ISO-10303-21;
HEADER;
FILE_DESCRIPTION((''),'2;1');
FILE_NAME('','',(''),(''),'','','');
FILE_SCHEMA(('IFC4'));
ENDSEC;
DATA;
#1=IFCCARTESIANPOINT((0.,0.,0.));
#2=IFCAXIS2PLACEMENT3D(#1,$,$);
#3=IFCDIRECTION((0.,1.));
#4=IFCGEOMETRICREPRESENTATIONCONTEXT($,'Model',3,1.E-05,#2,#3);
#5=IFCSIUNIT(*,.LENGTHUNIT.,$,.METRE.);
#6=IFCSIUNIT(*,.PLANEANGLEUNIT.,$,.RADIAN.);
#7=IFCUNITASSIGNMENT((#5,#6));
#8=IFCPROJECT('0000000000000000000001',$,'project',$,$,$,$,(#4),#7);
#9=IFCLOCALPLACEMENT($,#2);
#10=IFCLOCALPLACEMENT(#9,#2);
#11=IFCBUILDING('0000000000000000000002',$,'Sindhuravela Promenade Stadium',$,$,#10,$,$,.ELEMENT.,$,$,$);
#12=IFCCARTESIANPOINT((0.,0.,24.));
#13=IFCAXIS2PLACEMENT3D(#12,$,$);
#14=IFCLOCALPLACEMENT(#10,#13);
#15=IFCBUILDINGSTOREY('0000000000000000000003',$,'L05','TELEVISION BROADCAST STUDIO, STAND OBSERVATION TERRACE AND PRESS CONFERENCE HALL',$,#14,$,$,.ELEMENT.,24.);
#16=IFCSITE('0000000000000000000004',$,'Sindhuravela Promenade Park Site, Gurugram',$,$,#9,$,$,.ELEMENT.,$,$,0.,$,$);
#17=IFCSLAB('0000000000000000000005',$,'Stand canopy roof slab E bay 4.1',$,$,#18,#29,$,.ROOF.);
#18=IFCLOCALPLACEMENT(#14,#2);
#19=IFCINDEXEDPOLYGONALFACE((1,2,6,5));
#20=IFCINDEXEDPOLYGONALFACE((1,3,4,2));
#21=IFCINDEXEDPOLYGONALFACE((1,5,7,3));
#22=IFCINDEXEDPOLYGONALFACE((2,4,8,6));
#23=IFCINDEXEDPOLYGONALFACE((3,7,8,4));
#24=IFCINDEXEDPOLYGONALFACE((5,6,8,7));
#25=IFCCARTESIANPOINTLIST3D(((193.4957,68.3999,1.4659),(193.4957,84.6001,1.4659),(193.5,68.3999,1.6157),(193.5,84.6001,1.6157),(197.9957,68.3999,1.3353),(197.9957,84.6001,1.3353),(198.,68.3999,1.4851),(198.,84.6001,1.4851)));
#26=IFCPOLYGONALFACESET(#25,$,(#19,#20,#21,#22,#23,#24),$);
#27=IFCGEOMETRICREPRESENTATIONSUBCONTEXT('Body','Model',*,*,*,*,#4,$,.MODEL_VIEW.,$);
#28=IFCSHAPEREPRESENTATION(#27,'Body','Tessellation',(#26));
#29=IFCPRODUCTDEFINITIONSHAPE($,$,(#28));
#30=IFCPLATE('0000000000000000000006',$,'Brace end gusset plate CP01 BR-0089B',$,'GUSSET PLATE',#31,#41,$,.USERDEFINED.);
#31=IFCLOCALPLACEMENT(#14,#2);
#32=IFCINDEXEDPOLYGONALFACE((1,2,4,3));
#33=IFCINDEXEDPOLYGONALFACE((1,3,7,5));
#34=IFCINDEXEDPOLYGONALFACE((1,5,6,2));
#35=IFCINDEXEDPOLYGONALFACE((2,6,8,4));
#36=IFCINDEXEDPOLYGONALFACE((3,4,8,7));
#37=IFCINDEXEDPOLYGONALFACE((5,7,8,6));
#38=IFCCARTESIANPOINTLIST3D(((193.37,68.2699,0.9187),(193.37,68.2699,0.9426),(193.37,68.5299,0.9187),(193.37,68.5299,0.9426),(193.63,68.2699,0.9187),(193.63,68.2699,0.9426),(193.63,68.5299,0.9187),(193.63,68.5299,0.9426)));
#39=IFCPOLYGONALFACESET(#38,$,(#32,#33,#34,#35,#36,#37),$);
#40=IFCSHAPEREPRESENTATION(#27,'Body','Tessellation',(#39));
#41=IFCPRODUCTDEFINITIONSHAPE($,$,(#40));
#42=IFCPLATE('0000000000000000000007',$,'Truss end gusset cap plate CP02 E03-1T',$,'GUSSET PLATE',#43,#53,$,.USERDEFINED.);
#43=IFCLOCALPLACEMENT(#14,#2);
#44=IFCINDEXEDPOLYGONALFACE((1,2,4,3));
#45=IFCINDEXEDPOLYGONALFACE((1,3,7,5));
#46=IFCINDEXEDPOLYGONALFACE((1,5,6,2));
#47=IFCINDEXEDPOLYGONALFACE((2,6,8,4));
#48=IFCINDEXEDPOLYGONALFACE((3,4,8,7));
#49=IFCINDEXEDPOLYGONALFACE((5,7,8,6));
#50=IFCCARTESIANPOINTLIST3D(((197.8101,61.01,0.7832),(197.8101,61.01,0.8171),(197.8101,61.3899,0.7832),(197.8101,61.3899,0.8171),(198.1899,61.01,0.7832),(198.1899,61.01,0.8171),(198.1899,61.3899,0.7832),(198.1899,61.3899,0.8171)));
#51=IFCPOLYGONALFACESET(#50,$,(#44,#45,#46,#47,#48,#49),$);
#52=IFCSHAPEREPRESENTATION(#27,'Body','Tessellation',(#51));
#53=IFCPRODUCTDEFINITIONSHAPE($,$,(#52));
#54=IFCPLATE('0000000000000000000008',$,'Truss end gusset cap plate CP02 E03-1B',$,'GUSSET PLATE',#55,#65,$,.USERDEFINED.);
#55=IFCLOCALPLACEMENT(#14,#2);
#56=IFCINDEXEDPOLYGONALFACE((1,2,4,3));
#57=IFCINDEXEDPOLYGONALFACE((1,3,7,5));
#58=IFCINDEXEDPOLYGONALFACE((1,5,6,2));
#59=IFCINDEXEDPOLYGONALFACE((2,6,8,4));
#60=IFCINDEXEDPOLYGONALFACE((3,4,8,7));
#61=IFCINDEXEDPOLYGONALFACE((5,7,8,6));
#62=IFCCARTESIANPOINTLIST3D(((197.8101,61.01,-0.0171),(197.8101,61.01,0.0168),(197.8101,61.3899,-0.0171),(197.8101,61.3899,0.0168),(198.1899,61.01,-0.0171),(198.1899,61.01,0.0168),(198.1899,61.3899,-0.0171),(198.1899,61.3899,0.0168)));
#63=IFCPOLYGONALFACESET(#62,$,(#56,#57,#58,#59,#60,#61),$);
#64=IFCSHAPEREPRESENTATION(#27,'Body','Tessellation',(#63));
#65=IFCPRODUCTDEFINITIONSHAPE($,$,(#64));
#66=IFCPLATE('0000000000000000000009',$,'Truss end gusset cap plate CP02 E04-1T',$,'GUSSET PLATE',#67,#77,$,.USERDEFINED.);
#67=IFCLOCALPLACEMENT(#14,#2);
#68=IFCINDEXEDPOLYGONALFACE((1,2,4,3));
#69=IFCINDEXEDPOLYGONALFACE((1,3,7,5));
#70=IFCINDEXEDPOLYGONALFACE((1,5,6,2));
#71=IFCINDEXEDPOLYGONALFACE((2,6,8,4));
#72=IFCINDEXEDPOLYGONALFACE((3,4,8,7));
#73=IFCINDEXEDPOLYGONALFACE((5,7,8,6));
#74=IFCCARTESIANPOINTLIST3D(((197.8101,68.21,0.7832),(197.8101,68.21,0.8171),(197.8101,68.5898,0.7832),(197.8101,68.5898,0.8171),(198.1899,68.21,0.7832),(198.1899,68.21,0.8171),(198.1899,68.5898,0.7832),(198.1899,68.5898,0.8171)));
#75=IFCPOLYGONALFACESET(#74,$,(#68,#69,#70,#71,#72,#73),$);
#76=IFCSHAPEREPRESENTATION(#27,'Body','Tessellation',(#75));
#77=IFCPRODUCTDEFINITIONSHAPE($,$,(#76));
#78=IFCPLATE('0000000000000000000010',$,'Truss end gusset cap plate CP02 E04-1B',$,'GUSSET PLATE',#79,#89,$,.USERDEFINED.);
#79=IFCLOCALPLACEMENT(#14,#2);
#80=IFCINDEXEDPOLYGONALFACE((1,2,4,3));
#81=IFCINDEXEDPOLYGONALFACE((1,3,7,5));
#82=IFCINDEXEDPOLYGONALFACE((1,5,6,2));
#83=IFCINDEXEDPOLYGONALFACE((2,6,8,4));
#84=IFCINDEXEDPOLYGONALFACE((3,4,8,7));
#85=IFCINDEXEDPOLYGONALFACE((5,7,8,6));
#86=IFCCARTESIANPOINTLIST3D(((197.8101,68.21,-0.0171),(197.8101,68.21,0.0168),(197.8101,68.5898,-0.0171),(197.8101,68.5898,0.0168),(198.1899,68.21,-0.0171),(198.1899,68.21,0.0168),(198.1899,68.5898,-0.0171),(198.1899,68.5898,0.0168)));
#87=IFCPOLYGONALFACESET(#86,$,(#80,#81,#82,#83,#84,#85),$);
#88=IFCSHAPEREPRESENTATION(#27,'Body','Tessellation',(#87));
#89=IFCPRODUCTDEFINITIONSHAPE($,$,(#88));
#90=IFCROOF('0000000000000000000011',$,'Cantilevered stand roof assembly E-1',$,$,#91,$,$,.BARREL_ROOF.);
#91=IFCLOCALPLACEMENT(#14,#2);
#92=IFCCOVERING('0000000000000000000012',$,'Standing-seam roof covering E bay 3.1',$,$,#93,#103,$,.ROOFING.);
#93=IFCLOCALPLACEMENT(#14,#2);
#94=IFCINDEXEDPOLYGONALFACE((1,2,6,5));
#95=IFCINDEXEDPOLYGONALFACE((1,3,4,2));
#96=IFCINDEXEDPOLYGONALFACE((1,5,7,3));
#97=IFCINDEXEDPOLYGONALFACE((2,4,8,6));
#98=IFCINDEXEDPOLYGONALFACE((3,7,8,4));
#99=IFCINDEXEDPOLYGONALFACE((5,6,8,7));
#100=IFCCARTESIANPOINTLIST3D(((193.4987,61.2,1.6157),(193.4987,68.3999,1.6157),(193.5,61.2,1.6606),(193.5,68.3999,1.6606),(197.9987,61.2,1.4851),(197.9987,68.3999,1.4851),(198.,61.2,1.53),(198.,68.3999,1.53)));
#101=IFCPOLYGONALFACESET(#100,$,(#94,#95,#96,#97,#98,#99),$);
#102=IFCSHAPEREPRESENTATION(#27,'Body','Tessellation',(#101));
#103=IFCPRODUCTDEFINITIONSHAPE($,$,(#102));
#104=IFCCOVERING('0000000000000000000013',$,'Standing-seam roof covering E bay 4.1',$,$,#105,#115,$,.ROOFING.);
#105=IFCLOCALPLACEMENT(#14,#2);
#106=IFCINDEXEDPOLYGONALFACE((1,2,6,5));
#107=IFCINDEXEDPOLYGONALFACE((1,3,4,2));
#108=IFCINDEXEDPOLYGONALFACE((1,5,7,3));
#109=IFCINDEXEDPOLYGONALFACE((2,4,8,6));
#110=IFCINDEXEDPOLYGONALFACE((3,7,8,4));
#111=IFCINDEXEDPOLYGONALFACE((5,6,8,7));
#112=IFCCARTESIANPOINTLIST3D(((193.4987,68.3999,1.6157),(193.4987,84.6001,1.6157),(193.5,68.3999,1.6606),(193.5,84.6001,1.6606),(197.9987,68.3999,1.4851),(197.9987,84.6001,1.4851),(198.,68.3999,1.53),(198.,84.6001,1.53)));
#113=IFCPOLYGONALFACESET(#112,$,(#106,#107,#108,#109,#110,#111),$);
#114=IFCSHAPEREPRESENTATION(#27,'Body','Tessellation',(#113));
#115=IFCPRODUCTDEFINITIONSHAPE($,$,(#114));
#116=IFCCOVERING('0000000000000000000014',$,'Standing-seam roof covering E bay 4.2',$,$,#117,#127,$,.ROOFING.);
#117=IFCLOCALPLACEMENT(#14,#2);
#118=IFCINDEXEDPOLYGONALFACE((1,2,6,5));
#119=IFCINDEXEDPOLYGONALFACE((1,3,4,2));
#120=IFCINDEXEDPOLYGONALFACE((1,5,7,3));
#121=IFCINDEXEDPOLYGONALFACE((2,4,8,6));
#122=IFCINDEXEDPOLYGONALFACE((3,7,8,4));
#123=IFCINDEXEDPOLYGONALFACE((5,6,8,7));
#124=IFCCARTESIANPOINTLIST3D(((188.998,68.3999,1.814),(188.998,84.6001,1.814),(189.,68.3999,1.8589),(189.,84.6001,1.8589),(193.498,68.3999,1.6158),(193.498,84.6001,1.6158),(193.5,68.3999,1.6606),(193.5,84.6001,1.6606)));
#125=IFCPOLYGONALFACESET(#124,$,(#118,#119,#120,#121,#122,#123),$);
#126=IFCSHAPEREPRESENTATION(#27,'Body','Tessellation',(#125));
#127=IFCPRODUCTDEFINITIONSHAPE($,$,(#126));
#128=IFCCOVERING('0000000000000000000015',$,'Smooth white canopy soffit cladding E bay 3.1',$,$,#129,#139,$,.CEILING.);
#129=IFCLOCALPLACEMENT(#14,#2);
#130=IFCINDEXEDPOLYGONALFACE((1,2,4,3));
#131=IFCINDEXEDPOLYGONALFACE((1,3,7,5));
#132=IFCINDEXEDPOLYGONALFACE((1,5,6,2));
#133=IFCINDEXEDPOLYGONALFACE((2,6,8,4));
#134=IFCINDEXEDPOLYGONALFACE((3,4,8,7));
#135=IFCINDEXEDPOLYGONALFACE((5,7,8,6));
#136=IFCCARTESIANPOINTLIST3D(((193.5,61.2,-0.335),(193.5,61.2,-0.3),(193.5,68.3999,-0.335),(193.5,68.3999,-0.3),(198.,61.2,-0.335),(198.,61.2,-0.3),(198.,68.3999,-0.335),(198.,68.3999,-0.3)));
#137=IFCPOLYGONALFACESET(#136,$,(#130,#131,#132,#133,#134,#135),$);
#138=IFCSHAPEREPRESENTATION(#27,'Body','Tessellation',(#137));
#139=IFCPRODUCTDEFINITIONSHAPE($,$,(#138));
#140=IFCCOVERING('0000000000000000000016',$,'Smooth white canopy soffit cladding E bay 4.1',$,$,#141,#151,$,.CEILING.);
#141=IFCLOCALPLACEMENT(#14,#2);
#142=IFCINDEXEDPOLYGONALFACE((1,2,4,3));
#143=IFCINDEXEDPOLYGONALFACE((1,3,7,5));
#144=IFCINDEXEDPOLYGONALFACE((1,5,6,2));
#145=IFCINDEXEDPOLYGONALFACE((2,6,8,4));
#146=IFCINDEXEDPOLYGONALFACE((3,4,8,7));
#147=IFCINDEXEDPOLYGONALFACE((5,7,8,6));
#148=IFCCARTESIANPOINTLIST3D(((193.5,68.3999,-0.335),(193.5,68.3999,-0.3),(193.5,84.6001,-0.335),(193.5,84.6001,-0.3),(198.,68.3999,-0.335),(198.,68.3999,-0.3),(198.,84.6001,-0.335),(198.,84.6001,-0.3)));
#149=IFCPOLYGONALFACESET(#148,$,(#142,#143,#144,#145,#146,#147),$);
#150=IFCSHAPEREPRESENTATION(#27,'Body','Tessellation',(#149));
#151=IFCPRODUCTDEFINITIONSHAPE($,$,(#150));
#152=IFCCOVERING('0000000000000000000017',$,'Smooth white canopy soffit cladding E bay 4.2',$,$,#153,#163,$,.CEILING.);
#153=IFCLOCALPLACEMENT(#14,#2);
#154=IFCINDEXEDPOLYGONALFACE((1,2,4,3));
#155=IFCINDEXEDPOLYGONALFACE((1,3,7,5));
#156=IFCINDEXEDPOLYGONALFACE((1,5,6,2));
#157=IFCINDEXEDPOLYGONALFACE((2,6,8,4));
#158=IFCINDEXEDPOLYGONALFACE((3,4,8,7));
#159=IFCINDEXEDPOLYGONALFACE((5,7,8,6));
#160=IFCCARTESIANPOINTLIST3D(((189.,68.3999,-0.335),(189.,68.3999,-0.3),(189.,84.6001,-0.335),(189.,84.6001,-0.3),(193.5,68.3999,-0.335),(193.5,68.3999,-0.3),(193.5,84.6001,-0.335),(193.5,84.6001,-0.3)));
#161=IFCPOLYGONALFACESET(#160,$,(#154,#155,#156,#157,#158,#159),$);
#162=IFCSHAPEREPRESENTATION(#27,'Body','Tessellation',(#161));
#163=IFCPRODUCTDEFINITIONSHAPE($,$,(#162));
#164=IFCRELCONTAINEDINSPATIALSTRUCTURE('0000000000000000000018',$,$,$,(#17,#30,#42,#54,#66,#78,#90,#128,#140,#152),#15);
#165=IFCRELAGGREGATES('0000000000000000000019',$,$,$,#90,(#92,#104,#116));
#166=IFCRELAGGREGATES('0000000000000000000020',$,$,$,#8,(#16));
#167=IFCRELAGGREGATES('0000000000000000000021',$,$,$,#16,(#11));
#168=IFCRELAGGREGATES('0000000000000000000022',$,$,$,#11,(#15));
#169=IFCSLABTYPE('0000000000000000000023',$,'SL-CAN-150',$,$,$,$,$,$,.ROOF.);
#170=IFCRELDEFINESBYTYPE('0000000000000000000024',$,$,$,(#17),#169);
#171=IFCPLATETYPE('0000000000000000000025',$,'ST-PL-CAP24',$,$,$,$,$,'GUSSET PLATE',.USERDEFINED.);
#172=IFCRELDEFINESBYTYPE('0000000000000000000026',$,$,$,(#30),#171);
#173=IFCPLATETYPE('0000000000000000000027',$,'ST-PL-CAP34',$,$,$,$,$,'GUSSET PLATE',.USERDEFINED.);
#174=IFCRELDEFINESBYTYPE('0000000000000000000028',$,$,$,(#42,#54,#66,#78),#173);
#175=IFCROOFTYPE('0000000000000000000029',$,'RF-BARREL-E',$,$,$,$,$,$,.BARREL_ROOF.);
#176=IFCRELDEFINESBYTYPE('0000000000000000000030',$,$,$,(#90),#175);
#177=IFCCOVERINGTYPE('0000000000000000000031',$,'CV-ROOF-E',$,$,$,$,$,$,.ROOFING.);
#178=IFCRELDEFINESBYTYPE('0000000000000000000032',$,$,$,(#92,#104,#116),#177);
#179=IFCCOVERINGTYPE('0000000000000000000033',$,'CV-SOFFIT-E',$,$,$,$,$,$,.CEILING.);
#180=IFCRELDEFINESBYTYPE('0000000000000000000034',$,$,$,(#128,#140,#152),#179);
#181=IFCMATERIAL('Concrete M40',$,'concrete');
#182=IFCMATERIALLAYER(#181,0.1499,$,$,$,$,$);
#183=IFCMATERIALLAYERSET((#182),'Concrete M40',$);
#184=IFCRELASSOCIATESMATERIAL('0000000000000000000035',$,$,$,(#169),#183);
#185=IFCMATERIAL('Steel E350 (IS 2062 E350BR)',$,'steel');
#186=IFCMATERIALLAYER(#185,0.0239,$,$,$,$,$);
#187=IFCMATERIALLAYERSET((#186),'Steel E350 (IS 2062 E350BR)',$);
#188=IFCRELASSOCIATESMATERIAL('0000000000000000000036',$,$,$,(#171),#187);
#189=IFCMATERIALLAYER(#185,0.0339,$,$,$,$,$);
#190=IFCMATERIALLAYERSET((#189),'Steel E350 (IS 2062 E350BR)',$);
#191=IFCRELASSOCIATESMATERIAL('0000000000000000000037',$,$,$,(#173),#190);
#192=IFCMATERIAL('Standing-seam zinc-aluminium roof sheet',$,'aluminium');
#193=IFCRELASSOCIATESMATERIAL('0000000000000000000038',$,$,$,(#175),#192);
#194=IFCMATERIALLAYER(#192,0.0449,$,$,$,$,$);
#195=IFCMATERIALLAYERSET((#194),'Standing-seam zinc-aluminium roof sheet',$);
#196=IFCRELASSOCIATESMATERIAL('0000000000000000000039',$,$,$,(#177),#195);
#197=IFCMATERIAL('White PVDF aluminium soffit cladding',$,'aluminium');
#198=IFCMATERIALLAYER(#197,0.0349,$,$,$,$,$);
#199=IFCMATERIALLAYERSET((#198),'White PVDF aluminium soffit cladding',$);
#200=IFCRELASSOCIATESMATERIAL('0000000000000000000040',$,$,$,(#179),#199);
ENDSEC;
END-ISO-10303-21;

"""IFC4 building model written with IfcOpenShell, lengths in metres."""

from ifc_helpers import new_model, si_unit, direction, frame, origin, origin_2d, place, context, subcontext, project, spatial, polyline, rectangle, outline, extrude, material, layer, layer_set, type_object, element, aggregate, save


model = new_model("IFC4")

# Units and contexts
model_context = context("Model", 3, precision=1e-05, world=origin(), true_north=direction((0.0, 1.0)))
body_context = subcontext(model_context, "Body", "Model", "MODEL_VIEW")
ifc_project = project(units=[si_unit("LENGTHUNIT", "METRE"), si_unit("PLANEANGLEUNIT", "RADIAN")], contexts=[model_context])

# Site, building, storey
site_placement = place(None, origin())
site = spatial("IfcSite", under=ifc_project, at=site_placement, Name="Sindhuravela Promenade Park Site, Gurugram", CompositionType="ELEMENT", RefElevation=0.0)
building_placement = place(site_placement, origin())
building = spatial("IfcBuilding", under=site, at=building_placement, Name="Sindhuravela Promenade Stadium", CompositionType="ELEMENT")
storey_placement = place(building_placement, frame((0.0, 0.0, 24.0)))
storey = spatial("IfcBuildingStorey", under=building, at=storey_placement, Name="L05", Description="TELEVISION BROADCAST STUDIO, STAND OBSERVATION TERRACE AND PRESS CONFERENCE HALL", CompositionType="ELEMENT", Elevation=24.0)

# Shared definitions
ifc_material_1 = material(Name="Concrete M40", Category="concrete")
ifc_material_2 = material(Name="Steel E350 (IS 2062 E350BR)", Category="steel")

# Slab
ifc_layer_1 = layer(ifc_material_1, 0.1499)
ifc_layer_set_1 = layer_set([ifc_layer_1], Name="Concrete M40")
slab_type = type_object("IfcSlabType", Name="SL-CAN-150", PredefinedType="ROOF", material=ifc_layer_set_1)
slab_1_placement = place(storey_placement, frame((198.0, 68.3999, 1.4851), z_axis=(0.029013, 0.0, 0.999579), x_axis=(0.0, 1.0, 0.0)))
element("IfcSlab", 1, at=slab_1_placement, inside=storey, type_object=slab_type, Name="Stand canopy roof slab E bay 4.1", PredefinedType="ROOF", context=body_context, shape_type="SweptSolid", body=[
    extrude(outline(polyline([(0.0, 0.0), (16.2002, 0.0), (16.2002, 4.5019), (0.0, 4.5019), (0.0, 0.0)])), origin(), (0.0, 0.0, -1.0), 0.1499),
])

# Plates
ifc_layer_2 = layer(ifc_material_2, 0.0239)
ifc_layer_set_2 = layer_set([ifc_layer_2], Name="Steel E350 (IS 2062 E350BR)")
plate_type_1 = type_object("IfcPlateType", Name="ST-PL-CAP24", ElementType="GUSSET PLATE", PredefinedType="USERDEFINED", material=ifc_layer_set_2)
plate_placement = place(storey_placement, frame((193.5, 68.3999, 0.9187), z_axis=(0.0, 0.0, 1.0), x_axis=(1.0, 0.0, 0.0)))
element("IfcPlate", 2, at=plate_placement, inside=storey, type_object=plate_type_1, Name="Brace end gusset plate CP01 BR-0089B", ObjectType="GUSSET PLATE", PredefinedType="USERDEFINED", context=body_context, shape_type="SweptSolid", body=[
    extrude(rectangle(XDim=0.26, YDim=0.26, at=origin_2d()), origin(), (0.0, 0.0, 1.0), 0.0239),
])
ifc_layer_3 = layer(ifc_material_2, 0.0339)
ifc_layer_set_3 = layer_set([ifc_layer_3], Name="Steel E350 (IS 2062 E350BR)")
plate_type_2 = type_object("IfcPlateType", Name="ST-PL-CAP34", ElementType="GUSSET PLATE", PredefinedType="USERDEFINED", material=ifc_layer_set_3)
for number, where, z_axis, x_axis, name in (
    (3, (198.0, 61.2, 0.7832), (0.0, 0.0, 1.0), (1.0, 0.0, 0.0), "Truss end gusset cap plate CP02 E03-1T"),
    (4, (198.0, 61.2, -0.0171), (0.0, 0.0, 1.0), (1.0, 0.0, 0.0), "Truss end gusset cap plate CP02 E03-1B"),
    (5, (198.0, 68.3999, 0.7832), (0.0, 0.0, 1.0), (1.0, 0.0, 0.0), "Truss end gusset cap plate CP02 E04-1T"),
    (6, (198.0, 68.3999, -0.0171), (0.0, 0.0, 1.0), (1.0, 0.0, 0.0), "Truss end gusset cap plate CP02 E04-1B"),
):
    element("IfcPlate", number, at=place(storey_placement, frame(where, z_axis=z_axis, x_axis=x_axis)), inside=storey, type_object=plate_type_2, Name=name, ObjectType="GUSSET PLATE", PredefinedType="USERDEFINED", context=body_context, shape_type="SweptSolid", body=[
        extrude(rectangle(XDim=0.3799, YDim=0.3799, at=origin_2d()), origin(), (0.0, 0.0, 1.0), 0.0339),
    ])

# Roof, coverings
ifc_material_3 = material(Name="Standing-seam zinc-aluminium roof sheet", Category="aluminium")
roof_type = type_object("IfcRoofType", Name="RF-BARREL-E", PredefinedType="BARREL_ROOF", material=ifc_material_3)
roof_placement = place(storey_placement, origin())
roof = element("IfcRoof", 7, at=roof_placement, inside=storey, type_object=roof_type, Name="Cantilevered stand roof assembly E-1", PredefinedType="BARREL_ROOF")
ifc_layer_4 = layer(ifc_material_3, 0.0449)
ifc_layer_set_4 = layer_set([ifc_layer_4], Name="Standing-seam zinc-aluminium roof sheet")
covering_type_1 = type_object("IfcCoveringType", Name="CV-ROOF-E", PredefinedType="ROOFING", material=ifc_layer_set_4)
covering_1_placement = place(storey_placement, frame((198.0, 61.2, 1.53), z_axis=(0.029013, 0.0, 0.999579), x_axis=(0.0, 1.0, 0.0)))
covering_1 = element("IfcCovering", 8, at=covering_1_placement, type_object=covering_type_1, Name="Standing-seam roof covering E bay 3.1", PredefinedType="ROOFING", context=body_context, shape_type="SweptSolid", body=[
    extrude(outline(polyline([(0.0, 0.0), (7.2, 0.0), (7.2, 4.5019), (0.0, 4.5019), (0.0, 0.0)])), origin(), (0.0, 0.0, -1.0), 0.0449),
])
covering_2_placement = place(storey_placement, frame((198.0, 68.3999, 1.53), z_axis=(0.029013, 0.0, 0.999579), x_axis=(0.0, 1.0, 0.0)))
covering_2 = element("IfcCovering", 9, at=covering_2_placement, type_object=covering_type_1, Name="Standing-seam roof covering E bay 4.1", PredefinedType="ROOFING", context=body_context, shape_type="SweptSolid", body=[
    extrude(outline(polyline([(0.0, 0.0), (16.2002, 0.0), (16.2002, 4.5019), (0.0, 4.5019), (0.0, 0.0)])), origin(), (0.0, 0.0, -1.0), 0.0449),
])
covering_3_placement = place(storey_placement, frame((193.5, 68.3999, 1.6606), z_axis=(0.044011, 0.0, 0.999031), x_axis=(0.0, 1.0, 0.0)))
covering_3 = element("IfcCovering", 10, at=covering_3_placement, type_object=covering_type_1, Name="Standing-seam roof covering E bay 4.2", PredefinedType="ROOFING", context=body_context, shape_type="SweptSolid", body=[
    extrude(outline(polyline([(0.0, 0.0), (16.2002, 0.0), (16.2002, 4.5044), (0.0, 4.5044), (0.0, 0.0)])), origin(), (0.0, 0.0, -1.0), 0.0449),
])
aggregate(roof, [covering_1, covering_2, covering_3])

# Coverings
ifc_material_4 = material(Name="White PVDF aluminium soffit cladding", Category="aluminium")
ifc_layer_5 = layer(ifc_material_4, 0.0349)
ifc_layer_set_5 = layer_set([ifc_layer_5], Name="White PVDF aluminium soffit cladding")
covering_type_2 = type_object("IfcCoveringType", Name="CV-SOFFIT-E", PredefinedType="CEILING", material=ifc_layer_set_5)
covering_4_placement = place(storey_placement, frame((198.0, 61.2, -0.3), z_axis=(0.0, 0.0, 1.0), x_axis=(0.0, 1.0, 0.0)))
element("IfcCovering", 11, at=covering_4_placement, inside=storey, type_object=covering_type_2, Name="Smooth white canopy soffit cladding E bay 3.1", PredefinedType="CEILING", context=body_context, shape_type="SweptSolid", body=[
    extrude(outline(polyline([(0.0, 0.0), (7.2, 0.0), (7.2, 4.5), (0.0, 4.5), (0.0, 0.0)])), origin(), (0.0, 0.0, -1.0), 0.0349),
])
for number, where, z_axis, x_axis, name in (
    (12, (198.0, 68.3999, -0.3), (0.0, 0.0, 1.0), (0.0, 1.0, 0.0), "Smooth white canopy soffit cladding E bay 4.1"),
    (13, (193.5, 68.3999, -0.3), (0.0, 0.0, 1.0), (0.0, 1.0, 0.0), "Smooth white canopy soffit cladding E bay 4.2"),
):
    element("IfcCovering", number, at=place(storey_placement, frame(where, z_axis=z_axis, x_axis=x_axis)), inside=storey, type_object=covering_type_2, Name=name, PredefinedType="CEILING", context=body_context, shape_type="SweptSolid", body=[
        extrude(outline(polyline([(0.0, 0.0), (16.2002, 0.0), (16.2002, 4.5), (0.0, 4.5), (0.0, 0.0)])), origin(), (0.0, 0.0, -1.0), 0.0349),
    ])

save(model, "model.ifc")
